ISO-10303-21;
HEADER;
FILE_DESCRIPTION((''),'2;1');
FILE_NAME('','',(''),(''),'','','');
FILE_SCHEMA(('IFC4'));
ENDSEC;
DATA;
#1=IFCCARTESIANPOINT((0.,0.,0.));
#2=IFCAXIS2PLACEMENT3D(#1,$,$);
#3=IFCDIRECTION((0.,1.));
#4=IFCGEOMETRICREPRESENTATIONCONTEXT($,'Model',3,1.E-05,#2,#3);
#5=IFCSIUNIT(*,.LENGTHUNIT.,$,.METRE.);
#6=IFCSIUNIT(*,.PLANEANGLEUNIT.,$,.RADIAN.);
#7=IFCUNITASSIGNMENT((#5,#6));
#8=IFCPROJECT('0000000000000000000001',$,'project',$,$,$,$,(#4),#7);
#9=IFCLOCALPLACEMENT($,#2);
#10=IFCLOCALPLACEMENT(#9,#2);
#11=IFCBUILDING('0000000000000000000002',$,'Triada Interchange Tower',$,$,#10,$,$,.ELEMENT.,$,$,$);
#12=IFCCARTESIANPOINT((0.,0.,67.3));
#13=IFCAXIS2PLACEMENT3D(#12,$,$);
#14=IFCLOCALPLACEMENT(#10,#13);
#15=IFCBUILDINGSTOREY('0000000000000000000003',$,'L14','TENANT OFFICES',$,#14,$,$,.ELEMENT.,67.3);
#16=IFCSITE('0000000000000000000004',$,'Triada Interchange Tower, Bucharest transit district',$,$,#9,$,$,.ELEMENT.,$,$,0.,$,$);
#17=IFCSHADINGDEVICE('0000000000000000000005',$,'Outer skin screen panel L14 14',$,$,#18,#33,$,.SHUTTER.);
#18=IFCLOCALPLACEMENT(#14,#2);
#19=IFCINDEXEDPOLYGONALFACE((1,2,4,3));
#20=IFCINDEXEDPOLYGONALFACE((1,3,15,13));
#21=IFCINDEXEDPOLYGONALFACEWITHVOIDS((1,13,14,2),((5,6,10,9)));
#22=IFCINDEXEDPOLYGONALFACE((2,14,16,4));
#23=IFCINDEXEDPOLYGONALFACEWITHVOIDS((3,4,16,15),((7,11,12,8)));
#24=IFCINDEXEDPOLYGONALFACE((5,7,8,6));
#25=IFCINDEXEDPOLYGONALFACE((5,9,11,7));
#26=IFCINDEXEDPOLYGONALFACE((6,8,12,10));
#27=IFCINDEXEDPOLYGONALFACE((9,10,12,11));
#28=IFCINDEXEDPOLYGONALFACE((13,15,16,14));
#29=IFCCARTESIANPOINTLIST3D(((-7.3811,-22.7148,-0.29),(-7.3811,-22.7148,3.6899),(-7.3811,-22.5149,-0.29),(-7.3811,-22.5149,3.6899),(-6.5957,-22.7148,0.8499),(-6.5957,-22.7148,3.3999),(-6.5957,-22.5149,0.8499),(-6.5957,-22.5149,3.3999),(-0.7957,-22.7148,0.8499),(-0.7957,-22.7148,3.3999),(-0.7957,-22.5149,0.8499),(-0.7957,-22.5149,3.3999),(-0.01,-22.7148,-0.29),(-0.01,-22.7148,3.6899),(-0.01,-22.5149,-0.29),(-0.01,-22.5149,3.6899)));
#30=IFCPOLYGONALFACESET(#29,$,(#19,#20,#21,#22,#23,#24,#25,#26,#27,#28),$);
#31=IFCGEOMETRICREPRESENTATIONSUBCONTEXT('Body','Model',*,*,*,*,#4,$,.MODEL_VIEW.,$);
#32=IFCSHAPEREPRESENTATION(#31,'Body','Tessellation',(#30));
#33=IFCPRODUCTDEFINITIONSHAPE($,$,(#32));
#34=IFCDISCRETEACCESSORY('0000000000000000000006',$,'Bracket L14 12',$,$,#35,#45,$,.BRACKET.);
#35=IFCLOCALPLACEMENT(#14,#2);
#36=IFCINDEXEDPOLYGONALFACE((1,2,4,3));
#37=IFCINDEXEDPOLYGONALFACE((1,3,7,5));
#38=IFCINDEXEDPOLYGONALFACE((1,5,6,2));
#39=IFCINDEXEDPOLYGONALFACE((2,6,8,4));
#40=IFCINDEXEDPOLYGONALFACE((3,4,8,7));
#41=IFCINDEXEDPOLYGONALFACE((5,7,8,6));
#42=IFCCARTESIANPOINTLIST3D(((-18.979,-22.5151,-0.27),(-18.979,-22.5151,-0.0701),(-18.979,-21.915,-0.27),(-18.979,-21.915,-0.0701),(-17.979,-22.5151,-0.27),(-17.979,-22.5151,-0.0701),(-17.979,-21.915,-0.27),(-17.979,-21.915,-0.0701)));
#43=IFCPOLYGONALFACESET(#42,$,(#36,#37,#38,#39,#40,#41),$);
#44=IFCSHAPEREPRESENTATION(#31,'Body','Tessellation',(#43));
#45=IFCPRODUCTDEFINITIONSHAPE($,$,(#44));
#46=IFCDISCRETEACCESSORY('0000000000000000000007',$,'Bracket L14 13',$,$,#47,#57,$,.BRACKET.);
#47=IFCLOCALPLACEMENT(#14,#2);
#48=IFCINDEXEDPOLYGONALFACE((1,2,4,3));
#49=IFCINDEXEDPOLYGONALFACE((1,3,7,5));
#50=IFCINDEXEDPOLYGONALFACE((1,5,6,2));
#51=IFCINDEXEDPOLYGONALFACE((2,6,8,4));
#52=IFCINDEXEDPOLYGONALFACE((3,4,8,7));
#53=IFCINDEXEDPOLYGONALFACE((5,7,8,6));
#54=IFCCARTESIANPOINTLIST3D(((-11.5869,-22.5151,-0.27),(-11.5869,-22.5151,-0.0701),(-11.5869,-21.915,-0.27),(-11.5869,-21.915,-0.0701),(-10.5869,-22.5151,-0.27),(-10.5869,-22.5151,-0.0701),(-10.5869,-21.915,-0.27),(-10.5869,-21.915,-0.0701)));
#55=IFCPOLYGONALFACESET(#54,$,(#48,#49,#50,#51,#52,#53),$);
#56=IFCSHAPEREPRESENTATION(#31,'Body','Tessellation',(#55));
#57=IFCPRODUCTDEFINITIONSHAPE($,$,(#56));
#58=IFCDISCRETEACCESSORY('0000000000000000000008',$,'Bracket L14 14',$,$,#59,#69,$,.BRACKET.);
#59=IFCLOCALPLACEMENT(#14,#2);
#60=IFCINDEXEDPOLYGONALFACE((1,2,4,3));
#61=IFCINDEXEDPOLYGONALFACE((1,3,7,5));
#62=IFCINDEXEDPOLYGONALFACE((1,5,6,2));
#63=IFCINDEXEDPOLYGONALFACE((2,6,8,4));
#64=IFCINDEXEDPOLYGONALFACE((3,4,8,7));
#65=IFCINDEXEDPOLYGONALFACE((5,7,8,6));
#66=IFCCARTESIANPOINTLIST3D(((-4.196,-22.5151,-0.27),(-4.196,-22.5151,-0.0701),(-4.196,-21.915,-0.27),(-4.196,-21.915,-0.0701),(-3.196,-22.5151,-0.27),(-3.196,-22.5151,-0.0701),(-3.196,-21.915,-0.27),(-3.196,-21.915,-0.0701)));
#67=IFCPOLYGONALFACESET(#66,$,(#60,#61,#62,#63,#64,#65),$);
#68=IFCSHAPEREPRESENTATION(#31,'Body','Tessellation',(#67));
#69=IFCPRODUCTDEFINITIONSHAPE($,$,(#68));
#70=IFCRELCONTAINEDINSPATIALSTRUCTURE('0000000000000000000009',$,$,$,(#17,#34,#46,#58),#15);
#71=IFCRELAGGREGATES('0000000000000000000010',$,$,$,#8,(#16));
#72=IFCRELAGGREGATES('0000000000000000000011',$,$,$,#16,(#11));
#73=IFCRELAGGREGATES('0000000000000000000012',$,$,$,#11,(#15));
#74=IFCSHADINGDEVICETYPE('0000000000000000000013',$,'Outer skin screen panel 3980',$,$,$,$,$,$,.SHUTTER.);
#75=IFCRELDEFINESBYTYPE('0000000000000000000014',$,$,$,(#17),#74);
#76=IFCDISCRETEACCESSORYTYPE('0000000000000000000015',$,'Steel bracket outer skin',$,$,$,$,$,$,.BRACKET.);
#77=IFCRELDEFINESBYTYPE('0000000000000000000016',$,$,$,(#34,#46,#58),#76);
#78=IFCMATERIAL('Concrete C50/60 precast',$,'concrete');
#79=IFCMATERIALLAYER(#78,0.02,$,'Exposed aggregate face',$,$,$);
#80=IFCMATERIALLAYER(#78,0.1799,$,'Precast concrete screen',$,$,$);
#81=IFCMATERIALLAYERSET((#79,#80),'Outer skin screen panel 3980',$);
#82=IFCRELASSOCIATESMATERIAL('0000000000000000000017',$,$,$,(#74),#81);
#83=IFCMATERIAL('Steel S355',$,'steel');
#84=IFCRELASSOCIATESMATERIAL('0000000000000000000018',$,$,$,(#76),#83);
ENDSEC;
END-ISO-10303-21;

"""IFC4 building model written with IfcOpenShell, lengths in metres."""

from ifc_helpers import new_model, si_unit, direction, frame, origin, origin_2d, place, context, subcontext, project, spatial, polyline, rectangle, outline, extrude, material, layer, layer_set, type_object, element, save


model = new_model("IFC4")

# Units and contexts
model_context = context("Model", 3, precision=1e-05, world=origin(), true_north=direction((0.0, 1.0)))
body_context = subcontext(model_context, "Body", "Model", "MODEL_VIEW")
ifc_project = project(units=[si_unit("LENGTHUNIT", "METRE"), si_unit("PLANEANGLEUNIT", "RADIAN")], contexts=[model_context])

# Site, building, storey
site_placement = place(None, origin())
site = spatial("IfcSite", under=ifc_project, at=site_placement, Name="Triada Interchange Tower, Bucharest transit district", CompositionType="ELEMENT", RefElevation=0.0)
building_placement = place(site_placement, origin())
building = spatial("IfcBuilding", under=site, at=building_placement, Name="Triada Interchange Tower", CompositionType="ELEMENT")
storey_placement = place(building_placement, frame((0.0, 0.0, 67.3)))
storey = spatial("IfcBuildingStorey", under=building, at=storey_placement, Name="L14", Description="TENANT OFFICES", CompositionType="ELEMENT", Elevation=67.3)

# Shading device
ifc_material_1 = material(Name="Concrete C50/60 precast", Category="concrete")
ifc_layer_1 = layer(ifc_material_1, 0.02, Name="Exposed aggregate face")
ifc_layer_2 = layer(ifc_material_1, 0.1799, Name="Precast concrete screen")
ifc_layer_set_1 = layer_set([ifc_layer_1, ifc_layer_2], Name="Outer skin screen panel 3980")
shading_device_type = type_object("IfcShadingDeviceType", Name="Outer skin screen panel 3980", PredefinedType="SHUTTER", material=ifc_layer_set_1)
shading_device_1_placement = place(storey_placement, frame((-7.3811, -22.5149, -0.29), z_axis=(0.0, 0.0, 1.0), x_axis=(1.0, 0.0, 0.0)))
element("IfcShadingDevice", 1, at=shading_device_1_placement, inside=storey, type_object=shading_device_type, Name="Outer skin screen panel L14 14", PredefinedType="SHUTTER", context=body_context, shape_type="SweptSolid", body=[
    extrude(outline(polyline([(0.0, 0.0), (7.3711, 0.0), (7.3711, 3.98), (0.0, 3.98), (0.0, 0.0)]), holes=[polyline([(0.7854, 1.1399), (0.7854, 3.6899), (6.5854, 3.6899), (6.5854, 1.1399), (0.7854, 1.1399)])]), frame((0.0, 0.0, 0.0), z_axis=(0.0, -1.0, 0.0), x_axis=(1.0, 0.0, 0.0)), (0.0, 0.0, 1.0), 0.2),
])

# Discrete accessories
ifc_material_2 = material(Name="Steel S355", Category="steel")
discrete_accessory_type = type_object("IfcDiscreteAccessoryType", Name="Steel bracket outer skin", PredefinedType="BRACKET", material=ifc_material_2)
for number, where, z_axis, x_axis, name in (
    (2, (-18.479, -22.2151, -0.27), (0.0, 0.0, 1.0), (0.0, -1.0, 0.0), "Bracket L14 12"),
    (3, (-11.0869, -22.2151, -0.27), (0.0, 0.0, 1.0), (0.0, -1.0, 0.0), "Bracket L14 13"),
    (4, (-3.696, -22.2151, -0.27), (0.0, 0.0, 1.0), (0.0, -1.0, 0.0), "Bracket L14 14"),
):
    element("IfcDiscreteAccessory", number, at=place(storey_placement, frame(where, z_axis=z_axis, x_axis=x_axis)), inside=storey, type_object=discrete_accessory_type, Name=name, PredefinedType="BRACKET", context=body_context, shape_type="SweptSolid", body=[
        extrude(rectangle(XDim=0.6001, YDim=1.0, at=origin_2d()), origin(), (0.0, 0.0, 1.0), 0.2),
    ])

save(model, "model.ifc")
